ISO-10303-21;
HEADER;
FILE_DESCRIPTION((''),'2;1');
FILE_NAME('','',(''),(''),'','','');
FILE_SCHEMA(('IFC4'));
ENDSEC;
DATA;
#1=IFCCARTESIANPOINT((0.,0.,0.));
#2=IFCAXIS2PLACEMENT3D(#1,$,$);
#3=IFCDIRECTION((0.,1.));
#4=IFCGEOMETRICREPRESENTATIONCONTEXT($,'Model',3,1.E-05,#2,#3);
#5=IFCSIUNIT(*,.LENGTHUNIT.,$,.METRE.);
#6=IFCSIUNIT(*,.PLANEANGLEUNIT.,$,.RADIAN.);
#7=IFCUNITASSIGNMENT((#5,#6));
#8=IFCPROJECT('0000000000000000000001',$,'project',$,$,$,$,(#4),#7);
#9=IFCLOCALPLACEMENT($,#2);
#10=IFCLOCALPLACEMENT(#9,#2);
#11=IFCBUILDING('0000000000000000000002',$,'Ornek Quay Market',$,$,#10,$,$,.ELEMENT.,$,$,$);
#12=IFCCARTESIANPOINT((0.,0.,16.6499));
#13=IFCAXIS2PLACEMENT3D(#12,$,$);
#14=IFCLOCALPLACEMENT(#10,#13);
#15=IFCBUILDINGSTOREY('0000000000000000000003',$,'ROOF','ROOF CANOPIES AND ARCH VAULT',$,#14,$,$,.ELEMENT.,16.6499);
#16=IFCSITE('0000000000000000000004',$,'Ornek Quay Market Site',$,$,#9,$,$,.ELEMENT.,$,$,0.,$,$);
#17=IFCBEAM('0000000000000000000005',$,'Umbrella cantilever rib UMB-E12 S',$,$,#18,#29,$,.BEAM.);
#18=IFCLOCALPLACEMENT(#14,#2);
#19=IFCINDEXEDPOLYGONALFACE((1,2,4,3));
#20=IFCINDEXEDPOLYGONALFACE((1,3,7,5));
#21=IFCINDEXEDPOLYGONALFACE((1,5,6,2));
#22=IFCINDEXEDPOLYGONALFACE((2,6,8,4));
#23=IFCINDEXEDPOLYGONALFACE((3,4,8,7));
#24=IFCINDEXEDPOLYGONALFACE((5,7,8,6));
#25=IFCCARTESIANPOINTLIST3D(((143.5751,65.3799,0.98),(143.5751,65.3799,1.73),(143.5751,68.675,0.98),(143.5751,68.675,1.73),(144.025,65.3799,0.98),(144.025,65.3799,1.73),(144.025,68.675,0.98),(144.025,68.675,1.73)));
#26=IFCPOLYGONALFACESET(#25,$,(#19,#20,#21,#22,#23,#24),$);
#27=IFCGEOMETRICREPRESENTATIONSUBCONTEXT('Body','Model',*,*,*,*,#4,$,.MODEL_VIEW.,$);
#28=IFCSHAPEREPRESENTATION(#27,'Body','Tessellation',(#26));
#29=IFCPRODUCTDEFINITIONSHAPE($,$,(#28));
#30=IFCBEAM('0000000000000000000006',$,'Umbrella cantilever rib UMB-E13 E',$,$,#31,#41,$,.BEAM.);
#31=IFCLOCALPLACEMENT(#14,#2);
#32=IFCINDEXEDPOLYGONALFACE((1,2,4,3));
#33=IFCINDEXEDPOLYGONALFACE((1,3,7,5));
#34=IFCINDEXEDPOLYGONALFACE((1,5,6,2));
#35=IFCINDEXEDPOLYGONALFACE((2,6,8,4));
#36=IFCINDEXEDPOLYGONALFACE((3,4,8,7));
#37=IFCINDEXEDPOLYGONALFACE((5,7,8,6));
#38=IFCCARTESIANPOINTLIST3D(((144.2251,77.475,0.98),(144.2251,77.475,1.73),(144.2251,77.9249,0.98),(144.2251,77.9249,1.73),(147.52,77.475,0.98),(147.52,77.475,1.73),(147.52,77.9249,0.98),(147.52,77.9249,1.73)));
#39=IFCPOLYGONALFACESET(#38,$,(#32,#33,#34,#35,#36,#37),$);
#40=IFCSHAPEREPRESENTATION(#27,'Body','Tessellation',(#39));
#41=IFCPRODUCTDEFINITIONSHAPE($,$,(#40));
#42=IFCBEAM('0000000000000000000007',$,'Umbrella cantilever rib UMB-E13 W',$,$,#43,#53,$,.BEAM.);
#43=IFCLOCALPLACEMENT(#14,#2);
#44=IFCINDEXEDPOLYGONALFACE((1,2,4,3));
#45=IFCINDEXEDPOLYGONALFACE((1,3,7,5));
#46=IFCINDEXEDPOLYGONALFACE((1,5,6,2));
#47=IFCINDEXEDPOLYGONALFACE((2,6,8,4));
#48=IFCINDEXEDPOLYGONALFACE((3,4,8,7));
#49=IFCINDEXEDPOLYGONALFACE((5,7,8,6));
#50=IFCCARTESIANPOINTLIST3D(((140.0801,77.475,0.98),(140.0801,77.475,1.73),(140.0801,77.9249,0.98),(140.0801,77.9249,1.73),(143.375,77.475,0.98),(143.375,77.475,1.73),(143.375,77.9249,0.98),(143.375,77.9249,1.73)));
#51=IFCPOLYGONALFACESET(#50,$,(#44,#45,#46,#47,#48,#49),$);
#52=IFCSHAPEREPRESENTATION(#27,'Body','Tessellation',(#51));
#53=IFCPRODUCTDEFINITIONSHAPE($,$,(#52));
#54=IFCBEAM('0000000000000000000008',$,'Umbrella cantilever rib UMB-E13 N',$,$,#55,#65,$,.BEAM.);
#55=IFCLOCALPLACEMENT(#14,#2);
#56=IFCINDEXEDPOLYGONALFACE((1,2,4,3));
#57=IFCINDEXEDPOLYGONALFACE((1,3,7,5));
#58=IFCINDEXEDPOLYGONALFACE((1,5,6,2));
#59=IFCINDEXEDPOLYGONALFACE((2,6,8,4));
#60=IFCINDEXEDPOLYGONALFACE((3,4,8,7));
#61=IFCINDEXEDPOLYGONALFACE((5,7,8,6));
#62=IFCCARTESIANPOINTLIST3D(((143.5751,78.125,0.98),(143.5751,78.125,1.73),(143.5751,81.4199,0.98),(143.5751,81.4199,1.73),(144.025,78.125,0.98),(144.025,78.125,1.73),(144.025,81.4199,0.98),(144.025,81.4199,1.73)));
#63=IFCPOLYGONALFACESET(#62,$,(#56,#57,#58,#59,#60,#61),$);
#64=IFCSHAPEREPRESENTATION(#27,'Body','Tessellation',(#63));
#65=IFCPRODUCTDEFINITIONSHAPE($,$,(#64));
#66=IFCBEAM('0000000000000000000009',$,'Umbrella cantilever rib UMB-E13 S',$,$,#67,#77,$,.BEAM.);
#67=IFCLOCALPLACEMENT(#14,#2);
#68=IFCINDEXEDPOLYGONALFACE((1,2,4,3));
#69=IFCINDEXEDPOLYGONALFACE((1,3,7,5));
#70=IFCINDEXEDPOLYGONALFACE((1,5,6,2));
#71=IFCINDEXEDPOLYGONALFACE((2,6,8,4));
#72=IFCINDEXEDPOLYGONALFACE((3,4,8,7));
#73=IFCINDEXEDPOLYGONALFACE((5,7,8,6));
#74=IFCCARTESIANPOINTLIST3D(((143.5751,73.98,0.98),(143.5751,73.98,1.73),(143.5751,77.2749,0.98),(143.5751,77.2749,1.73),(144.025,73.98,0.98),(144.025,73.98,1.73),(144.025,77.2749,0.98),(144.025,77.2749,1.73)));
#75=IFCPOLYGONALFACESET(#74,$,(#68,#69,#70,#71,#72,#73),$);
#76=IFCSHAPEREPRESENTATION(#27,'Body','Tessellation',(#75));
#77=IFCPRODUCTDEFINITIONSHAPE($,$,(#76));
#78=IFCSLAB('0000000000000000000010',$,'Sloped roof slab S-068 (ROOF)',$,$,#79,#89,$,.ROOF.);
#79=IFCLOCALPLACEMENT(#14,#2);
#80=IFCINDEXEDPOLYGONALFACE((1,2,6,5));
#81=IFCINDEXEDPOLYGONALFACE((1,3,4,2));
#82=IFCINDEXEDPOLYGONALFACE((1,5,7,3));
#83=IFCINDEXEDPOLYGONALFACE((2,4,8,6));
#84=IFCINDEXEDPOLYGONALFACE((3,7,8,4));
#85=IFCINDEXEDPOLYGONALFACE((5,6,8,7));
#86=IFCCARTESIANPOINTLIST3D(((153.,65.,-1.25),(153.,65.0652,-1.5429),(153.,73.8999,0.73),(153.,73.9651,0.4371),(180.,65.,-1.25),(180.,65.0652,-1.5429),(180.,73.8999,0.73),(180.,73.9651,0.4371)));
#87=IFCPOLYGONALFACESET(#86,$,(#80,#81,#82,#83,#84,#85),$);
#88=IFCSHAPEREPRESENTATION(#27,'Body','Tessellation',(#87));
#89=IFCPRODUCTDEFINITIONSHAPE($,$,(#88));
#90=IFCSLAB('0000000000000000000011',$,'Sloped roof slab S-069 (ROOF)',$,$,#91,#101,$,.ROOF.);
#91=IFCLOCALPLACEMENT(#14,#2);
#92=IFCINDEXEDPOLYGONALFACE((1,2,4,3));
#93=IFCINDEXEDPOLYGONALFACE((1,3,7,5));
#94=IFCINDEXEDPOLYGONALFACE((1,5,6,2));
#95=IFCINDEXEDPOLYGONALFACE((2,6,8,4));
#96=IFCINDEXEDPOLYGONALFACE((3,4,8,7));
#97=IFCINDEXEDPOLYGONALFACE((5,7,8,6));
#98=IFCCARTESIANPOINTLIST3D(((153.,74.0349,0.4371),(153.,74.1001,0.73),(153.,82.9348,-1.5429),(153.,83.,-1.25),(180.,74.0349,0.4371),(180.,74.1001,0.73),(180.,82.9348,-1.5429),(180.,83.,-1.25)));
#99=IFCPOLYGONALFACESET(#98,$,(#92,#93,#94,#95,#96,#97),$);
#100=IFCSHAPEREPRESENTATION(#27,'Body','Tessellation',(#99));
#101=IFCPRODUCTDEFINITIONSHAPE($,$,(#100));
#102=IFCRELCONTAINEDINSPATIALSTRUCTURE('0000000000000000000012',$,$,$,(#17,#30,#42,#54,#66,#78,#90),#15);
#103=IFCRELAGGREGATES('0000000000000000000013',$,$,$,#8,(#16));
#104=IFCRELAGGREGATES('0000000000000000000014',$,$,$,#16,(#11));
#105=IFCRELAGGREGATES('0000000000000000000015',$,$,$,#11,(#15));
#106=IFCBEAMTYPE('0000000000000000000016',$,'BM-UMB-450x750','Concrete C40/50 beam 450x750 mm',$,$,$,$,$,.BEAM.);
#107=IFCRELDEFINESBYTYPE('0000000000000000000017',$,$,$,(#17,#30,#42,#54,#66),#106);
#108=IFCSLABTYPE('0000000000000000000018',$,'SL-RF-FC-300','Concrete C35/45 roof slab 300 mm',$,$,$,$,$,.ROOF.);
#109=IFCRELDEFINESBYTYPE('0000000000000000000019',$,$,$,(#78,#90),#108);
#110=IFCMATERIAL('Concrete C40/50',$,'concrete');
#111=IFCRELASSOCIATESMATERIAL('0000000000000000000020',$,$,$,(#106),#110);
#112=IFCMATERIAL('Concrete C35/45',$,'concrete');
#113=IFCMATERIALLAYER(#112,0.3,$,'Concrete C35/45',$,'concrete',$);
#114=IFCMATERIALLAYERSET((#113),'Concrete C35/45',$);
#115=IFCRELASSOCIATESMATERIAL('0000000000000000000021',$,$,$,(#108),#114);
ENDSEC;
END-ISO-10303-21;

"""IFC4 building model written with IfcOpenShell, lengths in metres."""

from ifc_helpers import new_model, si_unit, direction, frame, origin, origin_2d, place, context, subcontext, project, spatial, polyline, rectangle, outline, extrude, material, layer, layer_set, material_profile, profile_set, type_object, element, save


model = new_model("IFC4")

# Units and contexts
model_context = context("Model", 3, precision=1e-05, world=origin(), true_north=direction((0.0, 1.0)))
body_context = subcontext(model_context, "Body", "Model", "MODEL_VIEW")
ifc_project = project(units=[si_unit("LENGTHUNIT", "METRE"), si_unit("PLANEANGLEUNIT", "RADIAN")], contexts=[model_context])

# Site, building, storey
site_placement = place(None, origin())
site = spatial("IfcSite", under=ifc_project, at=site_placement, Name="Ornek Quay Market Site", CompositionType="ELEMENT", RefElevation=0.0)
building_placement = place(site_placement, origin())
building = spatial("IfcBuilding", under=site, at=building_placement, Name="Ornek Quay Market", CompositionType="ELEMENT")
storey_placement = place(building_placement, frame((0.0, 0.0, 16.6499)))
storey = spatial("IfcBuildingStorey", under=building, at=storey_placement, Name="ROOF", Description="ROOF CANOPIES AND ARCH VAULT", CompositionType="ELEMENT", Elevation=16.6499)

# Beams
ifc_material_1 = material(Name="Concrete C35/45", Category="concrete")
ifc_material_2 = material(Name="Concrete C40/50", Category="concrete")
ifc_material_profile_1 = material_profile(ifc_material_2, rectangle(XDim=0.45, YDim=0.75, at=origin_2d()), Name="RC 450x750", Category="concrete")
ifc_profile_set_1 = profile_set([ifc_material_profile_1], Name="Concrete C40/50")
beam_type_1 = type_object("IfcBeamType", Name="BM-UMB-450x750", Description="Concrete C40/50 beam 450x750 mm", PredefinedType="BEAM", material=ifc_profile_set_1)
for number, where, z_axis, x_axis, name in (
    (1, (143.8, 68.675, 1.355), (0.0, -1.0, 0.0), (1.0, 0.0, 0.0), "Umbrella cantilever rib UMB-E12 S"),
):
    element("IfcBeam", number, at=place(storey_placement, frame(where, z_axis=z_axis, x_axis=x_axis)), inside=storey, type_object=beam_type_1, Name=name, PredefinedType="BEAM", context=body_context, shape_type="SweptSolid", body=[
        extrude(rectangle(XDim=0.45, YDim=0.75, at=origin_2d()), origin(), (0.0, 0.0, 1.0), 3.2952),
    ])
for number, where, z_axis, x_axis, name in (
    (2, (144.2251, 77.7, 1.355), (1.0, 0.0, 0.0), (0.0, 1.0, 0.0), "Umbrella cantilever rib UMB-E13 E"),
    (3, (143.375, 77.7, 1.355), (-1.0, 0.0, 0.0), (0.0, -1.0, 0.0), "Umbrella cantilever rib UMB-E13 W"),
    (4, (143.8, 78.125, 1.355), (0.0, 1.0, 0.0), (-1.0, 0.0, 0.0), "Umbrella cantilever rib UMB-E13 N"),
    (5, (143.8, 77.2749, 1.355), (0.0, -1.0, 0.0), (1.0, 0.0, 0.0), "Umbrella cantilever rib UMB-E13 S"),
):
    element("IfcBeam", number, at=place(storey_placement, frame(where, z_axis=z_axis, x_axis=x_axis)), inside=storey, type_object=beam_type_1, Name=name, PredefinedType="BEAM", context=body_context, shape_type="SweptSolid", body=[
        extrude(rectangle(XDim=0.45, YDim=0.75, at=origin_2d()), origin(), (0.0, 0.0, 1.0), 3.2949),
    ])

# Slabs
ifc_layer = layer(ifc_material_1, 0.3, Name="Concrete C35/45", Category="concrete")
ifc_layer_set = layer_set([ifc_layer], Name="Concrete C35/45")
slab_type = type_object("IfcSlabType", Name="SL-RF-FC-300", Description="Concrete C35/45 roof slab 300 mm", PredefinedType="ROOF", material=ifc_layer_set)
for number, where, z_axis, x_axis, name in (
    (6, (153.0, 65.0, -1.25), (0.0, -0.217163, 0.976135), (1.0, 0.0, 0.0), "Sloped roof slab S-068 (ROOF)"),
    (7, (153.0, 74.1001, 0.73), (0.0, 0.217163, 0.976135), (1.0, 0.0, 0.0), "Sloped roof slab S-069 (ROOF)"),
):
    element("IfcSlab", number, at=place(storey_placement, frame(where, z_axis=z_axis, x_axis=x_axis)), inside=storey, type_object=slab_type, Name=name, PredefinedType="ROOF", context=body_context, shape_type="SweptSolid", body=[
        extrude(outline(polyline([(0.0, 0.0), (27.0, 0.0), (27.0, 9.1175), (0.0, 9.1175), (0.0, 0.0)])), origin(), (0.0, 0.0, -1.0), 0.3),
    ])

save(model, "model.ifc")
